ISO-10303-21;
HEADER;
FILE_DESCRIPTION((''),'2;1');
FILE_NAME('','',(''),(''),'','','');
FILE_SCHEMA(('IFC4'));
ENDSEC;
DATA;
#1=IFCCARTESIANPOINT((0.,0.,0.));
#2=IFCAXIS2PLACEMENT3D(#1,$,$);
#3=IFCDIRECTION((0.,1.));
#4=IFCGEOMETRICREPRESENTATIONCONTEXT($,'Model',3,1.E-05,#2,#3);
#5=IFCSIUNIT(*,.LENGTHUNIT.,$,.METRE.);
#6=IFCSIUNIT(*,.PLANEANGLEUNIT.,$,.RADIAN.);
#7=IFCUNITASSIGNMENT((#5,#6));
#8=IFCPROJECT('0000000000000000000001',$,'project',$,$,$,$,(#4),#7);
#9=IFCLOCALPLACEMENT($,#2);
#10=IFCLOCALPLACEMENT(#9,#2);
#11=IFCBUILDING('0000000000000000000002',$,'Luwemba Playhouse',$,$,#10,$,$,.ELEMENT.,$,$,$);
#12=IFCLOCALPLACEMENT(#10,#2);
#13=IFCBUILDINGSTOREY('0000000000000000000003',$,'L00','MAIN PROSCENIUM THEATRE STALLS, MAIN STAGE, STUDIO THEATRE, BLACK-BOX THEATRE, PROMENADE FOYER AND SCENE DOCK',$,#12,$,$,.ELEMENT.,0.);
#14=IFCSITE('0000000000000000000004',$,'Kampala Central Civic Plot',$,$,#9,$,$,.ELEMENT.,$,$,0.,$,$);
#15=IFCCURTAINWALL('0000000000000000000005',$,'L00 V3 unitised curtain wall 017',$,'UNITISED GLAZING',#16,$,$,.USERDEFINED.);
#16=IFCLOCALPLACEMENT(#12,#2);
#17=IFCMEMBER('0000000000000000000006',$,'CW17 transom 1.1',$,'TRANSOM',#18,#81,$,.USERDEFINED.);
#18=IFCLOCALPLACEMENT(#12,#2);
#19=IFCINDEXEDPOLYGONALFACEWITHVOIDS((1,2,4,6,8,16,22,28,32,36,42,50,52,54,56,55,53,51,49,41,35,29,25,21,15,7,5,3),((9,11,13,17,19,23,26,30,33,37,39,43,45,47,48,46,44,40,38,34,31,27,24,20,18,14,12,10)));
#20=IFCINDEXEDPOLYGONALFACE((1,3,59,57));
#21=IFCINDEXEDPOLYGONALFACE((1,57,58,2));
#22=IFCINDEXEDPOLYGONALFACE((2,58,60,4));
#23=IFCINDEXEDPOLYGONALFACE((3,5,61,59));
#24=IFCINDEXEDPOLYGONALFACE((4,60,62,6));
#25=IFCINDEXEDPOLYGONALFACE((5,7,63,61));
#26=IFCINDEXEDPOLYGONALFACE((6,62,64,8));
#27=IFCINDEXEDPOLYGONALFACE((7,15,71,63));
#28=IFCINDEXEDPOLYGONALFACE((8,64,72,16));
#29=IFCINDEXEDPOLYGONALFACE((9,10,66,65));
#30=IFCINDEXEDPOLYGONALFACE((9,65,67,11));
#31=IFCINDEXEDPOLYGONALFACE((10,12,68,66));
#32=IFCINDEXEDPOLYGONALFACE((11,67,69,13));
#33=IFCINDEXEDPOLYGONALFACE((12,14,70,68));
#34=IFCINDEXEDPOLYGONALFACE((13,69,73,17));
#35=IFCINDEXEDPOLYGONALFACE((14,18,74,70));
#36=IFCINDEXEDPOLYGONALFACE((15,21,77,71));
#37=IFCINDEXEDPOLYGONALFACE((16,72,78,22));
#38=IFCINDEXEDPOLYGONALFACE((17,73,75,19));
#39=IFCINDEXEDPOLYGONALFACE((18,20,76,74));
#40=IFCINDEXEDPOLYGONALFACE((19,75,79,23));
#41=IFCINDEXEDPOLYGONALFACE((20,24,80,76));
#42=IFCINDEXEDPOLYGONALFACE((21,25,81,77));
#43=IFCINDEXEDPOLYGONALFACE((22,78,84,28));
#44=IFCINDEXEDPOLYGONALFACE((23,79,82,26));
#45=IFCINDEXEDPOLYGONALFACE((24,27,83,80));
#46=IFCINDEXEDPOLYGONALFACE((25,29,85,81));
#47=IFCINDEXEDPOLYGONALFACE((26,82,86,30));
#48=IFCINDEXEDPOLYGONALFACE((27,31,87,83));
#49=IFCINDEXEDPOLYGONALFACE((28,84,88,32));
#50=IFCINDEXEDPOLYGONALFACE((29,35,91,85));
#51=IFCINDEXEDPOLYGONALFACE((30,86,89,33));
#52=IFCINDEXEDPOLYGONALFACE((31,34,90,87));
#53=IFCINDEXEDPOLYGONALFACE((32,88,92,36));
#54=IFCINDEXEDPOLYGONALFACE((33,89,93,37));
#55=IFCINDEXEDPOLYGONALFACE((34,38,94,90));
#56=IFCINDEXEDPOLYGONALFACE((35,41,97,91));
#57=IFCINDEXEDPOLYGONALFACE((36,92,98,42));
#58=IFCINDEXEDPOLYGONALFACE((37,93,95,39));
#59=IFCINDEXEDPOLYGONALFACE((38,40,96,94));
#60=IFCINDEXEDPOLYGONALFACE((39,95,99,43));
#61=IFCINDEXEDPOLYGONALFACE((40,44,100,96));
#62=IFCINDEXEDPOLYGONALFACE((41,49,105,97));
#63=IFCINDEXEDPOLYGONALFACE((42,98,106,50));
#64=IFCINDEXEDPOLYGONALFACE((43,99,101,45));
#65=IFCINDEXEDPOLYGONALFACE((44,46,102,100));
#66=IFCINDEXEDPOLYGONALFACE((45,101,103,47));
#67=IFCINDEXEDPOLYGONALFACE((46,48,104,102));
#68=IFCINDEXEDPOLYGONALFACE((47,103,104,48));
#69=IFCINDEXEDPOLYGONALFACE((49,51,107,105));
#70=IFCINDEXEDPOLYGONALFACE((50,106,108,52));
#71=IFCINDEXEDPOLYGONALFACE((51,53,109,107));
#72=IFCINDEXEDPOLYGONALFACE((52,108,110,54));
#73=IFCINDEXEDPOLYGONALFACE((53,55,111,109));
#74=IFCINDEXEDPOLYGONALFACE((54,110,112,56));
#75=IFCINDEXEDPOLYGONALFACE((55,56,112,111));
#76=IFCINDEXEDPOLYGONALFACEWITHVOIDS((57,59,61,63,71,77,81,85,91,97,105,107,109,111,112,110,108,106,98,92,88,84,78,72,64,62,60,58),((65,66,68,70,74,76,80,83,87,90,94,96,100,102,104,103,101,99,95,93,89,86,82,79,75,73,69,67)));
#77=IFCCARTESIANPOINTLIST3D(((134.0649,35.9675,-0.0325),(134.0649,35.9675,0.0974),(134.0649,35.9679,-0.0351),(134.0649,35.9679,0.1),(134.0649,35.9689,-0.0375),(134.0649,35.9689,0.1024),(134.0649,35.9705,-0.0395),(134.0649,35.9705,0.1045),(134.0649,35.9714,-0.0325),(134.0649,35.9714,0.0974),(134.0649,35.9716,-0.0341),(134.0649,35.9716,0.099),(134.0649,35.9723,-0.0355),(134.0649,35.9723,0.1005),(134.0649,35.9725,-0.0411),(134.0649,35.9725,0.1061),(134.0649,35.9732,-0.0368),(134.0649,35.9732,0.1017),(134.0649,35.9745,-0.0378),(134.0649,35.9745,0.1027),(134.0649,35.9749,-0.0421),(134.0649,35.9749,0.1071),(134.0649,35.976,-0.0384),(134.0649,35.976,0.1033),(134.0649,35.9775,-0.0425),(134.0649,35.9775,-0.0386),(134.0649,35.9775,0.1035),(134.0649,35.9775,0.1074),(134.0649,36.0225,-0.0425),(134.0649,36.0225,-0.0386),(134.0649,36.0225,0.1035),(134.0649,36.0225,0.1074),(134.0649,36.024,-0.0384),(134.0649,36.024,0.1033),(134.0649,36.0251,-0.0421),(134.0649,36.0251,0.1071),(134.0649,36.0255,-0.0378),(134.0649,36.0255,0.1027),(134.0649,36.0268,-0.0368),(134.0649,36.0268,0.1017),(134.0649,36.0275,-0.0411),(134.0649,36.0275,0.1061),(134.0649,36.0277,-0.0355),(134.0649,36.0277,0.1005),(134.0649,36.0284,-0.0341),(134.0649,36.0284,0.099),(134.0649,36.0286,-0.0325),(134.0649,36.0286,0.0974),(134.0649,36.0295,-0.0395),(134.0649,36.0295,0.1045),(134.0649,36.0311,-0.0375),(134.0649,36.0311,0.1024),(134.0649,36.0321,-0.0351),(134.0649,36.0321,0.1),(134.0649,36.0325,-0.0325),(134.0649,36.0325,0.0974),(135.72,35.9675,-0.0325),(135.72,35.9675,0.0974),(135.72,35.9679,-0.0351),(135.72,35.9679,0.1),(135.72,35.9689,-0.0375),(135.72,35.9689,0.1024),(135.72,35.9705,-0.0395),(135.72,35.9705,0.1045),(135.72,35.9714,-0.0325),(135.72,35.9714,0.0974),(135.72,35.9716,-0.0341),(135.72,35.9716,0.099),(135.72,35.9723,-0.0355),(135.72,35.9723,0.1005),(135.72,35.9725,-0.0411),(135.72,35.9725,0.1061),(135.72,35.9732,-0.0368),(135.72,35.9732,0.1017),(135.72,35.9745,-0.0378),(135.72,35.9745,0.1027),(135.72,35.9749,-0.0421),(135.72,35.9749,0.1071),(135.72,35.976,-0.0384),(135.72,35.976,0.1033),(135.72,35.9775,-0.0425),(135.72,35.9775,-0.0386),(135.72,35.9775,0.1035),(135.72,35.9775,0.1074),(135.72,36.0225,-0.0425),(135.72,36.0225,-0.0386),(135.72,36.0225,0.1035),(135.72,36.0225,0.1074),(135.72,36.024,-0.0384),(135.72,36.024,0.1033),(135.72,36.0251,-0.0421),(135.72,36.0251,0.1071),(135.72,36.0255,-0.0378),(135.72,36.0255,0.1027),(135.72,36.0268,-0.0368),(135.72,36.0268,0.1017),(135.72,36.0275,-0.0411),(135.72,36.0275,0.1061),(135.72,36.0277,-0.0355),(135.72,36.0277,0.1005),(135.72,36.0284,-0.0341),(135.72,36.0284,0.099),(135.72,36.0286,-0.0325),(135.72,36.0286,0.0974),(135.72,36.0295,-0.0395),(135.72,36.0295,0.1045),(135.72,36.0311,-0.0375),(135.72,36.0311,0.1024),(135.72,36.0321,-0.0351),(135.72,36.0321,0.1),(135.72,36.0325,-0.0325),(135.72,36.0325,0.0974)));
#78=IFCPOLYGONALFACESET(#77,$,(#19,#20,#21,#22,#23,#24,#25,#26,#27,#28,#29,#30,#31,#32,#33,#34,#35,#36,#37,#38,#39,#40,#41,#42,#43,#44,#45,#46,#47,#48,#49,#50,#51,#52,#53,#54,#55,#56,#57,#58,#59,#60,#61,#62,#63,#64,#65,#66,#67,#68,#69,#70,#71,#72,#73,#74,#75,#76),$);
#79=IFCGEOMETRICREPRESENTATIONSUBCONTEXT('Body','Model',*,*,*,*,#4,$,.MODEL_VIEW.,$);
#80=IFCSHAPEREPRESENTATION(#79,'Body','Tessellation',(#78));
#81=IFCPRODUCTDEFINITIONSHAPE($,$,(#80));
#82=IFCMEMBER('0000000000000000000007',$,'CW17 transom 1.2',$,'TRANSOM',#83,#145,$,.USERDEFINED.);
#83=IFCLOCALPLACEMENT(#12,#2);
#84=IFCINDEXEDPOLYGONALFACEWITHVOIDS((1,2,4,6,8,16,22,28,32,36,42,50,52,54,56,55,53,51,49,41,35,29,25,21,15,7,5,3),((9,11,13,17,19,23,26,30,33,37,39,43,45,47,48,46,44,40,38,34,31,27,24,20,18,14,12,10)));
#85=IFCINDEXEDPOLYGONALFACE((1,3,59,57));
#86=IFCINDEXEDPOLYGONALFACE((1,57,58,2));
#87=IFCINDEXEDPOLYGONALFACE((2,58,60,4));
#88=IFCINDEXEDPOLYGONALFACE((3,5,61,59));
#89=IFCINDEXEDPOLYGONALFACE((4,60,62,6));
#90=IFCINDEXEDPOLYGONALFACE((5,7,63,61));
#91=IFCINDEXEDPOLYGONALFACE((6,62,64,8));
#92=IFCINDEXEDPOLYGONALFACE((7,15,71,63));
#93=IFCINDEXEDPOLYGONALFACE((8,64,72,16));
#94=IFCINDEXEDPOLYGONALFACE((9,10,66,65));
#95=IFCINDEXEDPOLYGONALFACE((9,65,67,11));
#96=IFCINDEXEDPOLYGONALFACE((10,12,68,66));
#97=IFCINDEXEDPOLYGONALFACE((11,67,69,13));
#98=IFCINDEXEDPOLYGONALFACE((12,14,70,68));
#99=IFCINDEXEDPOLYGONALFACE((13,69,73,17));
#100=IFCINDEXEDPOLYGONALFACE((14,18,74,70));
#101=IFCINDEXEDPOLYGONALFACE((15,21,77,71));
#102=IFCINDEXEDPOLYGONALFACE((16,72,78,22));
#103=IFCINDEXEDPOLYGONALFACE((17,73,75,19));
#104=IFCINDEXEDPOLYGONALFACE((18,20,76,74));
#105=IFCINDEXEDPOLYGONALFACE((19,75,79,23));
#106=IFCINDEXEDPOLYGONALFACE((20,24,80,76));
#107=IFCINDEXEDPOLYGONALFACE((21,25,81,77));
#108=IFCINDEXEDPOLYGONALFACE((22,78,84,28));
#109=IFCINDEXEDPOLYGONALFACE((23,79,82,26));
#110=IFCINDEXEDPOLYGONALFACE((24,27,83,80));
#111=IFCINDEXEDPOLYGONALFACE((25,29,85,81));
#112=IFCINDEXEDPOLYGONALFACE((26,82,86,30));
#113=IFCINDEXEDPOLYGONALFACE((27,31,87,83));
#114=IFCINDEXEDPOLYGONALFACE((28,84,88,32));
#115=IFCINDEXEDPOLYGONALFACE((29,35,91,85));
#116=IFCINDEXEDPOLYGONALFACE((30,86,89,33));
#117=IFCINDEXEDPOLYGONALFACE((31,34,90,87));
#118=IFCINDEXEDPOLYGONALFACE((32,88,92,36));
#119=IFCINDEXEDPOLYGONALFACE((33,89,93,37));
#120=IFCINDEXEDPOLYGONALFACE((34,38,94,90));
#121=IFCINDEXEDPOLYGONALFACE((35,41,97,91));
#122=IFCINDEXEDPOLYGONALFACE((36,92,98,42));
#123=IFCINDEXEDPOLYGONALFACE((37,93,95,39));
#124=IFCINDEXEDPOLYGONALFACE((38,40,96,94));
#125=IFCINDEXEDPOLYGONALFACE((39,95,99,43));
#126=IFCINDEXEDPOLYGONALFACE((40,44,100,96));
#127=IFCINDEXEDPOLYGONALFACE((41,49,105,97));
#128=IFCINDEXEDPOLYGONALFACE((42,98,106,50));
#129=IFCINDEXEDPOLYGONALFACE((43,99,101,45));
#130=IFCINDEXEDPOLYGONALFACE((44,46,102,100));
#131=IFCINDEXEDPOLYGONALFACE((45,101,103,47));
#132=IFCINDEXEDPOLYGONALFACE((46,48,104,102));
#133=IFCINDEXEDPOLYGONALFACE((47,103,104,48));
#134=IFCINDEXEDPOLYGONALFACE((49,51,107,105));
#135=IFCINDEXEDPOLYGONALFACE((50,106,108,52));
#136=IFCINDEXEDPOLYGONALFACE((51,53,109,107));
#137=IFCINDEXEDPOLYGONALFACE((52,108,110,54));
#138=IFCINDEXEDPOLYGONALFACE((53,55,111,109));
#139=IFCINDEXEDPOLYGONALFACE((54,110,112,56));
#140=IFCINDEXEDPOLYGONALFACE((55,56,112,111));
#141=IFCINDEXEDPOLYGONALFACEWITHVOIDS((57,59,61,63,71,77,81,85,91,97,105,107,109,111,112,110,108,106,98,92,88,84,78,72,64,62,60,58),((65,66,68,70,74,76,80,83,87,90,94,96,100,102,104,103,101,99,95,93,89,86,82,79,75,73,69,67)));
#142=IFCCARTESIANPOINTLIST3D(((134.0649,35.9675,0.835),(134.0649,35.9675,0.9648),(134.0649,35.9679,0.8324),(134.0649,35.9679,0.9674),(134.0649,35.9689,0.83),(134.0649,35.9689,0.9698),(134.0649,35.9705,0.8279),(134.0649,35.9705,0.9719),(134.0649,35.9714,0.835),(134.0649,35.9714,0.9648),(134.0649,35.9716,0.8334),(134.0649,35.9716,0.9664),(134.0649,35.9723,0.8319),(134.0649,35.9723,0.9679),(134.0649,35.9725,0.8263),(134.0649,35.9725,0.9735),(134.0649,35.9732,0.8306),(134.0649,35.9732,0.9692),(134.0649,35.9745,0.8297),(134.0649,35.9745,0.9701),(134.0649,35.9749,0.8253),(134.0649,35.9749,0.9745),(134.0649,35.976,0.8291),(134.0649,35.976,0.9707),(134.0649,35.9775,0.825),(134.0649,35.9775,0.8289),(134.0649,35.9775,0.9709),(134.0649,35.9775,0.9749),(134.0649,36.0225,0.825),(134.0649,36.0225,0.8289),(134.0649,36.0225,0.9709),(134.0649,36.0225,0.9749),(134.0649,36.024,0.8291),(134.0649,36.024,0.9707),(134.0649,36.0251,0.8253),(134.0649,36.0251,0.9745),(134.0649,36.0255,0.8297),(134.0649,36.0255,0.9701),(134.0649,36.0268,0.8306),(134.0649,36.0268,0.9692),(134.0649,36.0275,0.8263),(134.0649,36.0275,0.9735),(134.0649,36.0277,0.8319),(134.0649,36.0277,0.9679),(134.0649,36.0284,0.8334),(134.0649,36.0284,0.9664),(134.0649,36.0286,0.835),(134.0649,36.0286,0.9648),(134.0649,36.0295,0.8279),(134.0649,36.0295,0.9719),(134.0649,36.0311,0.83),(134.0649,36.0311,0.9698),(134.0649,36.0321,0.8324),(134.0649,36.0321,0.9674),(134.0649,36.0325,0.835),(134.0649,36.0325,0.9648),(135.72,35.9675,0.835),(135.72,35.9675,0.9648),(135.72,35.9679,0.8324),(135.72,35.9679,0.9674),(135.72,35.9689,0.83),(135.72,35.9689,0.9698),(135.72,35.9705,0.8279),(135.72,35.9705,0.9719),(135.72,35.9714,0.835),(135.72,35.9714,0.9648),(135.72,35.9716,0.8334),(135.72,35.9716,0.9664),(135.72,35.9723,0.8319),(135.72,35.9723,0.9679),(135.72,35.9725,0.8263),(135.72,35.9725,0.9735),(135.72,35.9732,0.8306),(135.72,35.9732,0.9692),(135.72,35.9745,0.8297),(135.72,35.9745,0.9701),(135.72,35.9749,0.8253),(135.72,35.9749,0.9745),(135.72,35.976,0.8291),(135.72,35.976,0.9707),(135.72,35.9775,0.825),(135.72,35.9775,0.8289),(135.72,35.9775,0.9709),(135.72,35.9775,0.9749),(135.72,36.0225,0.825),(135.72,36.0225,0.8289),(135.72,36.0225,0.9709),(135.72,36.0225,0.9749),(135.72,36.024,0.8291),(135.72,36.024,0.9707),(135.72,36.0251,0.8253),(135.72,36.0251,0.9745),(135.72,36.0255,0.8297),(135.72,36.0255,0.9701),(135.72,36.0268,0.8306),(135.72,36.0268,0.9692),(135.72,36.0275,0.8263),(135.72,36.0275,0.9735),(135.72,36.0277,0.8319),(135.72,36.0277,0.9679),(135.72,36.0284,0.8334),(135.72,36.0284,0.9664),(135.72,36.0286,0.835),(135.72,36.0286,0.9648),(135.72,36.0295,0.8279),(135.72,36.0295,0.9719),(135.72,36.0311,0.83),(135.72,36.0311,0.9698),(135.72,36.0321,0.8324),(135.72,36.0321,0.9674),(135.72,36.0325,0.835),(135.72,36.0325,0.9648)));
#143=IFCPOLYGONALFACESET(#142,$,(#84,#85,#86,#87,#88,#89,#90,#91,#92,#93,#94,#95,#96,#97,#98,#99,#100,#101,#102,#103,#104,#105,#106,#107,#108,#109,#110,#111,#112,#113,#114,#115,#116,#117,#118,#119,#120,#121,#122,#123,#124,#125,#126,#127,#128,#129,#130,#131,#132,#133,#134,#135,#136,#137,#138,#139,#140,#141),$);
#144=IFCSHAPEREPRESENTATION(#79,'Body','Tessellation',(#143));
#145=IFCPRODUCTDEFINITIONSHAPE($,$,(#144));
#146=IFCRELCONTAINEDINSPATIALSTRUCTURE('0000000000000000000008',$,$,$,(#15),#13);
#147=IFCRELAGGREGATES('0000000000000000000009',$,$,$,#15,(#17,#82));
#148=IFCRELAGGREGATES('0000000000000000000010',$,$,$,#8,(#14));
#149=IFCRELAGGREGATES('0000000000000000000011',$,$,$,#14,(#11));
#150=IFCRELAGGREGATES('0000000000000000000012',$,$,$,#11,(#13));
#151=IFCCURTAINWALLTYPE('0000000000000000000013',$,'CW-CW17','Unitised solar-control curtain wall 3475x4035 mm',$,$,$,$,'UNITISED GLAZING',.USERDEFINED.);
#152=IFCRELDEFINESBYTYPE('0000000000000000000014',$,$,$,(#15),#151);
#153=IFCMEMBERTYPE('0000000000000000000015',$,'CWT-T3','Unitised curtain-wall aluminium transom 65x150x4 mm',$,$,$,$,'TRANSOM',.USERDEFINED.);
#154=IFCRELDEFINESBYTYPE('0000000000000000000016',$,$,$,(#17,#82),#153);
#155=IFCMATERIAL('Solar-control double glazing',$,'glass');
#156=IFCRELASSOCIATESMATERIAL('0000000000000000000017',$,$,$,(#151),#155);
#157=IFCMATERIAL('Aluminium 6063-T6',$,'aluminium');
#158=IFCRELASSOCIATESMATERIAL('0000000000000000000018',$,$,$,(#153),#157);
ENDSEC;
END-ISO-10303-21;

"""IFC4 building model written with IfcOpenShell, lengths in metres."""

from ifc_helpers import new_model, si_unit, direction, frame, origin, origin_2d, place, context, subcontext, project, spatial, hollow_rectangle, extrude, material, material_profile, profile_set, type_object, element, aggregate, save


model = new_model("IFC4")

# Units and contexts
model_context = context("Model", 3, precision=1e-05, world=origin(), true_north=direction((0.0, 1.0)))
body_context = subcontext(model_context, "Body", "Model", "MODEL_VIEW")
ifc_project = project(units=[si_unit("LENGTHUNIT", "METRE"), si_unit("PLANEANGLEUNIT", "RADIAN")], contexts=[model_context])

# Site, building, storey
site_placement = place(None, origin())
site = spatial("IfcSite", under=ifc_project, at=site_placement, Name="Kampala Central Civic Plot", CompositionType="ELEMENT", RefElevation=0.0)
building_placement = place(site_placement, origin())
building = spatial("IfcBuilding", under=site, at=building_placement, Name="Luwemba Playhouse", CompositionType="ELEMENT")
storey_placement = place(building_placement, origin())
storey = spatial("IfcBuildingStorey", under=building, at=storey_placement, Name="L00", Description="MAIN PROSCENIUM THEATRE STALLS, MAIN STAGE, STUDIO THEATRE, BLACK-BOX THEATRE, PROMENADE FOYER AND SCENE DOCK", CompositionType="ELEMENT", Elevation=0.0)

# Shared definitions
ifc_material_1 = material(Name="Solar-control double glazing", Category="glass")
ifc_material_2 = material(Name="Aluminium 6063-T6", Category="aluminium")

# Curtain wall
curtain_wall_type_1 = type_object("IfcCurtainWallType", Name="CW-CW17", Description="Unitised solar-control curtain wall 3475x4035 mm", ElementType="UNITISED GLAZING", PredefinedType="USERDEFINED", material=ifc_material_1)
curtain_wall_1_placement = place(storey_placement, origin())
curtain_wall_1 = element("IfcCurtainWall", 1, at=curtain_wall_1_placement, inside=storey, type_object=curtain_wall_type_1, Name="L00 V3 unitised curtain wall 017", ObjectType="UNITISED GLAZING", PredefinedType="USERDEFINED")

# Members
ifc_material_profile_1 = material_profile(ifc_material_2, hollow_rectangle(XDim=0.0649, YDim=0.1499, WallThickness=0.0039, InnerFilletRadius=0.0061, OuterFilletRadius=0.01, at=origin_2d()))
ifc_profile_set_1 = profile_set([ifc_material_profile_1], Name="Aluminium 6063-T6")
member_type_1 = type_object("IfcMemberType", Name="CWT-T3", Description="Unitised curtain-wall aluminium transom 65x150x4 mm", ElementType="TRANSOM", PredefinedType="USERDEFINED", material=ifc_profile_set_1)
member_1_placement = place(storey_placement, frame((135.72, 36.0, 0.0325), z_axis=(-1.0, 0.0, 0.0), x_axis=(0.0, -1.0, 0.0)))
member_1 = element("IfcMember", 2, at=member_1_placement, type_object=member_type_1, Name="CW17 transom 1.1", ObjectType="TRANSOM", PredefinedType="USERDEFINED", context=body_context, shape_type="SweptSolid", body=[
    extrude(hollow_rectangle(XDim=0.0649, YDim=0.1499, WallThickness=0.0039, InnerFilletRadius=0.0061, OuterFilletRadius=0.01, at=origin_2d()), origin(), (0.0, 0.0, 1.0), 1.655),
])
member_2_placement = place(storey_placement, frame((135.72, 36.0, 0.8999), z_axis=(-1.0, 0.0, 0.0), x_axis=(0.0, -1.0, 0.0)))
member_2 = element("IfcMember", 3, at=member_2_placement, type_object=member_type_1, Name="CW17 transom 1.2", ObjectType="TRANSOM", PredefinedType="USERDEFINED", context=body_context, shape_type="SweptSolid", body=[
    extrude(hollow_rectangle(XDim=0.0649, YDim=0.1499, WallThickness=0.0039, InnerFilletRadius=0.0061, OuterFilletRadius=0.01, at=origin_2d()), origin(), (0.0, 0.0, 1.0), 1.655),
])

aggregate(curtain_wall_1, [member_1, member_2])

save(model, "model.ifc")
